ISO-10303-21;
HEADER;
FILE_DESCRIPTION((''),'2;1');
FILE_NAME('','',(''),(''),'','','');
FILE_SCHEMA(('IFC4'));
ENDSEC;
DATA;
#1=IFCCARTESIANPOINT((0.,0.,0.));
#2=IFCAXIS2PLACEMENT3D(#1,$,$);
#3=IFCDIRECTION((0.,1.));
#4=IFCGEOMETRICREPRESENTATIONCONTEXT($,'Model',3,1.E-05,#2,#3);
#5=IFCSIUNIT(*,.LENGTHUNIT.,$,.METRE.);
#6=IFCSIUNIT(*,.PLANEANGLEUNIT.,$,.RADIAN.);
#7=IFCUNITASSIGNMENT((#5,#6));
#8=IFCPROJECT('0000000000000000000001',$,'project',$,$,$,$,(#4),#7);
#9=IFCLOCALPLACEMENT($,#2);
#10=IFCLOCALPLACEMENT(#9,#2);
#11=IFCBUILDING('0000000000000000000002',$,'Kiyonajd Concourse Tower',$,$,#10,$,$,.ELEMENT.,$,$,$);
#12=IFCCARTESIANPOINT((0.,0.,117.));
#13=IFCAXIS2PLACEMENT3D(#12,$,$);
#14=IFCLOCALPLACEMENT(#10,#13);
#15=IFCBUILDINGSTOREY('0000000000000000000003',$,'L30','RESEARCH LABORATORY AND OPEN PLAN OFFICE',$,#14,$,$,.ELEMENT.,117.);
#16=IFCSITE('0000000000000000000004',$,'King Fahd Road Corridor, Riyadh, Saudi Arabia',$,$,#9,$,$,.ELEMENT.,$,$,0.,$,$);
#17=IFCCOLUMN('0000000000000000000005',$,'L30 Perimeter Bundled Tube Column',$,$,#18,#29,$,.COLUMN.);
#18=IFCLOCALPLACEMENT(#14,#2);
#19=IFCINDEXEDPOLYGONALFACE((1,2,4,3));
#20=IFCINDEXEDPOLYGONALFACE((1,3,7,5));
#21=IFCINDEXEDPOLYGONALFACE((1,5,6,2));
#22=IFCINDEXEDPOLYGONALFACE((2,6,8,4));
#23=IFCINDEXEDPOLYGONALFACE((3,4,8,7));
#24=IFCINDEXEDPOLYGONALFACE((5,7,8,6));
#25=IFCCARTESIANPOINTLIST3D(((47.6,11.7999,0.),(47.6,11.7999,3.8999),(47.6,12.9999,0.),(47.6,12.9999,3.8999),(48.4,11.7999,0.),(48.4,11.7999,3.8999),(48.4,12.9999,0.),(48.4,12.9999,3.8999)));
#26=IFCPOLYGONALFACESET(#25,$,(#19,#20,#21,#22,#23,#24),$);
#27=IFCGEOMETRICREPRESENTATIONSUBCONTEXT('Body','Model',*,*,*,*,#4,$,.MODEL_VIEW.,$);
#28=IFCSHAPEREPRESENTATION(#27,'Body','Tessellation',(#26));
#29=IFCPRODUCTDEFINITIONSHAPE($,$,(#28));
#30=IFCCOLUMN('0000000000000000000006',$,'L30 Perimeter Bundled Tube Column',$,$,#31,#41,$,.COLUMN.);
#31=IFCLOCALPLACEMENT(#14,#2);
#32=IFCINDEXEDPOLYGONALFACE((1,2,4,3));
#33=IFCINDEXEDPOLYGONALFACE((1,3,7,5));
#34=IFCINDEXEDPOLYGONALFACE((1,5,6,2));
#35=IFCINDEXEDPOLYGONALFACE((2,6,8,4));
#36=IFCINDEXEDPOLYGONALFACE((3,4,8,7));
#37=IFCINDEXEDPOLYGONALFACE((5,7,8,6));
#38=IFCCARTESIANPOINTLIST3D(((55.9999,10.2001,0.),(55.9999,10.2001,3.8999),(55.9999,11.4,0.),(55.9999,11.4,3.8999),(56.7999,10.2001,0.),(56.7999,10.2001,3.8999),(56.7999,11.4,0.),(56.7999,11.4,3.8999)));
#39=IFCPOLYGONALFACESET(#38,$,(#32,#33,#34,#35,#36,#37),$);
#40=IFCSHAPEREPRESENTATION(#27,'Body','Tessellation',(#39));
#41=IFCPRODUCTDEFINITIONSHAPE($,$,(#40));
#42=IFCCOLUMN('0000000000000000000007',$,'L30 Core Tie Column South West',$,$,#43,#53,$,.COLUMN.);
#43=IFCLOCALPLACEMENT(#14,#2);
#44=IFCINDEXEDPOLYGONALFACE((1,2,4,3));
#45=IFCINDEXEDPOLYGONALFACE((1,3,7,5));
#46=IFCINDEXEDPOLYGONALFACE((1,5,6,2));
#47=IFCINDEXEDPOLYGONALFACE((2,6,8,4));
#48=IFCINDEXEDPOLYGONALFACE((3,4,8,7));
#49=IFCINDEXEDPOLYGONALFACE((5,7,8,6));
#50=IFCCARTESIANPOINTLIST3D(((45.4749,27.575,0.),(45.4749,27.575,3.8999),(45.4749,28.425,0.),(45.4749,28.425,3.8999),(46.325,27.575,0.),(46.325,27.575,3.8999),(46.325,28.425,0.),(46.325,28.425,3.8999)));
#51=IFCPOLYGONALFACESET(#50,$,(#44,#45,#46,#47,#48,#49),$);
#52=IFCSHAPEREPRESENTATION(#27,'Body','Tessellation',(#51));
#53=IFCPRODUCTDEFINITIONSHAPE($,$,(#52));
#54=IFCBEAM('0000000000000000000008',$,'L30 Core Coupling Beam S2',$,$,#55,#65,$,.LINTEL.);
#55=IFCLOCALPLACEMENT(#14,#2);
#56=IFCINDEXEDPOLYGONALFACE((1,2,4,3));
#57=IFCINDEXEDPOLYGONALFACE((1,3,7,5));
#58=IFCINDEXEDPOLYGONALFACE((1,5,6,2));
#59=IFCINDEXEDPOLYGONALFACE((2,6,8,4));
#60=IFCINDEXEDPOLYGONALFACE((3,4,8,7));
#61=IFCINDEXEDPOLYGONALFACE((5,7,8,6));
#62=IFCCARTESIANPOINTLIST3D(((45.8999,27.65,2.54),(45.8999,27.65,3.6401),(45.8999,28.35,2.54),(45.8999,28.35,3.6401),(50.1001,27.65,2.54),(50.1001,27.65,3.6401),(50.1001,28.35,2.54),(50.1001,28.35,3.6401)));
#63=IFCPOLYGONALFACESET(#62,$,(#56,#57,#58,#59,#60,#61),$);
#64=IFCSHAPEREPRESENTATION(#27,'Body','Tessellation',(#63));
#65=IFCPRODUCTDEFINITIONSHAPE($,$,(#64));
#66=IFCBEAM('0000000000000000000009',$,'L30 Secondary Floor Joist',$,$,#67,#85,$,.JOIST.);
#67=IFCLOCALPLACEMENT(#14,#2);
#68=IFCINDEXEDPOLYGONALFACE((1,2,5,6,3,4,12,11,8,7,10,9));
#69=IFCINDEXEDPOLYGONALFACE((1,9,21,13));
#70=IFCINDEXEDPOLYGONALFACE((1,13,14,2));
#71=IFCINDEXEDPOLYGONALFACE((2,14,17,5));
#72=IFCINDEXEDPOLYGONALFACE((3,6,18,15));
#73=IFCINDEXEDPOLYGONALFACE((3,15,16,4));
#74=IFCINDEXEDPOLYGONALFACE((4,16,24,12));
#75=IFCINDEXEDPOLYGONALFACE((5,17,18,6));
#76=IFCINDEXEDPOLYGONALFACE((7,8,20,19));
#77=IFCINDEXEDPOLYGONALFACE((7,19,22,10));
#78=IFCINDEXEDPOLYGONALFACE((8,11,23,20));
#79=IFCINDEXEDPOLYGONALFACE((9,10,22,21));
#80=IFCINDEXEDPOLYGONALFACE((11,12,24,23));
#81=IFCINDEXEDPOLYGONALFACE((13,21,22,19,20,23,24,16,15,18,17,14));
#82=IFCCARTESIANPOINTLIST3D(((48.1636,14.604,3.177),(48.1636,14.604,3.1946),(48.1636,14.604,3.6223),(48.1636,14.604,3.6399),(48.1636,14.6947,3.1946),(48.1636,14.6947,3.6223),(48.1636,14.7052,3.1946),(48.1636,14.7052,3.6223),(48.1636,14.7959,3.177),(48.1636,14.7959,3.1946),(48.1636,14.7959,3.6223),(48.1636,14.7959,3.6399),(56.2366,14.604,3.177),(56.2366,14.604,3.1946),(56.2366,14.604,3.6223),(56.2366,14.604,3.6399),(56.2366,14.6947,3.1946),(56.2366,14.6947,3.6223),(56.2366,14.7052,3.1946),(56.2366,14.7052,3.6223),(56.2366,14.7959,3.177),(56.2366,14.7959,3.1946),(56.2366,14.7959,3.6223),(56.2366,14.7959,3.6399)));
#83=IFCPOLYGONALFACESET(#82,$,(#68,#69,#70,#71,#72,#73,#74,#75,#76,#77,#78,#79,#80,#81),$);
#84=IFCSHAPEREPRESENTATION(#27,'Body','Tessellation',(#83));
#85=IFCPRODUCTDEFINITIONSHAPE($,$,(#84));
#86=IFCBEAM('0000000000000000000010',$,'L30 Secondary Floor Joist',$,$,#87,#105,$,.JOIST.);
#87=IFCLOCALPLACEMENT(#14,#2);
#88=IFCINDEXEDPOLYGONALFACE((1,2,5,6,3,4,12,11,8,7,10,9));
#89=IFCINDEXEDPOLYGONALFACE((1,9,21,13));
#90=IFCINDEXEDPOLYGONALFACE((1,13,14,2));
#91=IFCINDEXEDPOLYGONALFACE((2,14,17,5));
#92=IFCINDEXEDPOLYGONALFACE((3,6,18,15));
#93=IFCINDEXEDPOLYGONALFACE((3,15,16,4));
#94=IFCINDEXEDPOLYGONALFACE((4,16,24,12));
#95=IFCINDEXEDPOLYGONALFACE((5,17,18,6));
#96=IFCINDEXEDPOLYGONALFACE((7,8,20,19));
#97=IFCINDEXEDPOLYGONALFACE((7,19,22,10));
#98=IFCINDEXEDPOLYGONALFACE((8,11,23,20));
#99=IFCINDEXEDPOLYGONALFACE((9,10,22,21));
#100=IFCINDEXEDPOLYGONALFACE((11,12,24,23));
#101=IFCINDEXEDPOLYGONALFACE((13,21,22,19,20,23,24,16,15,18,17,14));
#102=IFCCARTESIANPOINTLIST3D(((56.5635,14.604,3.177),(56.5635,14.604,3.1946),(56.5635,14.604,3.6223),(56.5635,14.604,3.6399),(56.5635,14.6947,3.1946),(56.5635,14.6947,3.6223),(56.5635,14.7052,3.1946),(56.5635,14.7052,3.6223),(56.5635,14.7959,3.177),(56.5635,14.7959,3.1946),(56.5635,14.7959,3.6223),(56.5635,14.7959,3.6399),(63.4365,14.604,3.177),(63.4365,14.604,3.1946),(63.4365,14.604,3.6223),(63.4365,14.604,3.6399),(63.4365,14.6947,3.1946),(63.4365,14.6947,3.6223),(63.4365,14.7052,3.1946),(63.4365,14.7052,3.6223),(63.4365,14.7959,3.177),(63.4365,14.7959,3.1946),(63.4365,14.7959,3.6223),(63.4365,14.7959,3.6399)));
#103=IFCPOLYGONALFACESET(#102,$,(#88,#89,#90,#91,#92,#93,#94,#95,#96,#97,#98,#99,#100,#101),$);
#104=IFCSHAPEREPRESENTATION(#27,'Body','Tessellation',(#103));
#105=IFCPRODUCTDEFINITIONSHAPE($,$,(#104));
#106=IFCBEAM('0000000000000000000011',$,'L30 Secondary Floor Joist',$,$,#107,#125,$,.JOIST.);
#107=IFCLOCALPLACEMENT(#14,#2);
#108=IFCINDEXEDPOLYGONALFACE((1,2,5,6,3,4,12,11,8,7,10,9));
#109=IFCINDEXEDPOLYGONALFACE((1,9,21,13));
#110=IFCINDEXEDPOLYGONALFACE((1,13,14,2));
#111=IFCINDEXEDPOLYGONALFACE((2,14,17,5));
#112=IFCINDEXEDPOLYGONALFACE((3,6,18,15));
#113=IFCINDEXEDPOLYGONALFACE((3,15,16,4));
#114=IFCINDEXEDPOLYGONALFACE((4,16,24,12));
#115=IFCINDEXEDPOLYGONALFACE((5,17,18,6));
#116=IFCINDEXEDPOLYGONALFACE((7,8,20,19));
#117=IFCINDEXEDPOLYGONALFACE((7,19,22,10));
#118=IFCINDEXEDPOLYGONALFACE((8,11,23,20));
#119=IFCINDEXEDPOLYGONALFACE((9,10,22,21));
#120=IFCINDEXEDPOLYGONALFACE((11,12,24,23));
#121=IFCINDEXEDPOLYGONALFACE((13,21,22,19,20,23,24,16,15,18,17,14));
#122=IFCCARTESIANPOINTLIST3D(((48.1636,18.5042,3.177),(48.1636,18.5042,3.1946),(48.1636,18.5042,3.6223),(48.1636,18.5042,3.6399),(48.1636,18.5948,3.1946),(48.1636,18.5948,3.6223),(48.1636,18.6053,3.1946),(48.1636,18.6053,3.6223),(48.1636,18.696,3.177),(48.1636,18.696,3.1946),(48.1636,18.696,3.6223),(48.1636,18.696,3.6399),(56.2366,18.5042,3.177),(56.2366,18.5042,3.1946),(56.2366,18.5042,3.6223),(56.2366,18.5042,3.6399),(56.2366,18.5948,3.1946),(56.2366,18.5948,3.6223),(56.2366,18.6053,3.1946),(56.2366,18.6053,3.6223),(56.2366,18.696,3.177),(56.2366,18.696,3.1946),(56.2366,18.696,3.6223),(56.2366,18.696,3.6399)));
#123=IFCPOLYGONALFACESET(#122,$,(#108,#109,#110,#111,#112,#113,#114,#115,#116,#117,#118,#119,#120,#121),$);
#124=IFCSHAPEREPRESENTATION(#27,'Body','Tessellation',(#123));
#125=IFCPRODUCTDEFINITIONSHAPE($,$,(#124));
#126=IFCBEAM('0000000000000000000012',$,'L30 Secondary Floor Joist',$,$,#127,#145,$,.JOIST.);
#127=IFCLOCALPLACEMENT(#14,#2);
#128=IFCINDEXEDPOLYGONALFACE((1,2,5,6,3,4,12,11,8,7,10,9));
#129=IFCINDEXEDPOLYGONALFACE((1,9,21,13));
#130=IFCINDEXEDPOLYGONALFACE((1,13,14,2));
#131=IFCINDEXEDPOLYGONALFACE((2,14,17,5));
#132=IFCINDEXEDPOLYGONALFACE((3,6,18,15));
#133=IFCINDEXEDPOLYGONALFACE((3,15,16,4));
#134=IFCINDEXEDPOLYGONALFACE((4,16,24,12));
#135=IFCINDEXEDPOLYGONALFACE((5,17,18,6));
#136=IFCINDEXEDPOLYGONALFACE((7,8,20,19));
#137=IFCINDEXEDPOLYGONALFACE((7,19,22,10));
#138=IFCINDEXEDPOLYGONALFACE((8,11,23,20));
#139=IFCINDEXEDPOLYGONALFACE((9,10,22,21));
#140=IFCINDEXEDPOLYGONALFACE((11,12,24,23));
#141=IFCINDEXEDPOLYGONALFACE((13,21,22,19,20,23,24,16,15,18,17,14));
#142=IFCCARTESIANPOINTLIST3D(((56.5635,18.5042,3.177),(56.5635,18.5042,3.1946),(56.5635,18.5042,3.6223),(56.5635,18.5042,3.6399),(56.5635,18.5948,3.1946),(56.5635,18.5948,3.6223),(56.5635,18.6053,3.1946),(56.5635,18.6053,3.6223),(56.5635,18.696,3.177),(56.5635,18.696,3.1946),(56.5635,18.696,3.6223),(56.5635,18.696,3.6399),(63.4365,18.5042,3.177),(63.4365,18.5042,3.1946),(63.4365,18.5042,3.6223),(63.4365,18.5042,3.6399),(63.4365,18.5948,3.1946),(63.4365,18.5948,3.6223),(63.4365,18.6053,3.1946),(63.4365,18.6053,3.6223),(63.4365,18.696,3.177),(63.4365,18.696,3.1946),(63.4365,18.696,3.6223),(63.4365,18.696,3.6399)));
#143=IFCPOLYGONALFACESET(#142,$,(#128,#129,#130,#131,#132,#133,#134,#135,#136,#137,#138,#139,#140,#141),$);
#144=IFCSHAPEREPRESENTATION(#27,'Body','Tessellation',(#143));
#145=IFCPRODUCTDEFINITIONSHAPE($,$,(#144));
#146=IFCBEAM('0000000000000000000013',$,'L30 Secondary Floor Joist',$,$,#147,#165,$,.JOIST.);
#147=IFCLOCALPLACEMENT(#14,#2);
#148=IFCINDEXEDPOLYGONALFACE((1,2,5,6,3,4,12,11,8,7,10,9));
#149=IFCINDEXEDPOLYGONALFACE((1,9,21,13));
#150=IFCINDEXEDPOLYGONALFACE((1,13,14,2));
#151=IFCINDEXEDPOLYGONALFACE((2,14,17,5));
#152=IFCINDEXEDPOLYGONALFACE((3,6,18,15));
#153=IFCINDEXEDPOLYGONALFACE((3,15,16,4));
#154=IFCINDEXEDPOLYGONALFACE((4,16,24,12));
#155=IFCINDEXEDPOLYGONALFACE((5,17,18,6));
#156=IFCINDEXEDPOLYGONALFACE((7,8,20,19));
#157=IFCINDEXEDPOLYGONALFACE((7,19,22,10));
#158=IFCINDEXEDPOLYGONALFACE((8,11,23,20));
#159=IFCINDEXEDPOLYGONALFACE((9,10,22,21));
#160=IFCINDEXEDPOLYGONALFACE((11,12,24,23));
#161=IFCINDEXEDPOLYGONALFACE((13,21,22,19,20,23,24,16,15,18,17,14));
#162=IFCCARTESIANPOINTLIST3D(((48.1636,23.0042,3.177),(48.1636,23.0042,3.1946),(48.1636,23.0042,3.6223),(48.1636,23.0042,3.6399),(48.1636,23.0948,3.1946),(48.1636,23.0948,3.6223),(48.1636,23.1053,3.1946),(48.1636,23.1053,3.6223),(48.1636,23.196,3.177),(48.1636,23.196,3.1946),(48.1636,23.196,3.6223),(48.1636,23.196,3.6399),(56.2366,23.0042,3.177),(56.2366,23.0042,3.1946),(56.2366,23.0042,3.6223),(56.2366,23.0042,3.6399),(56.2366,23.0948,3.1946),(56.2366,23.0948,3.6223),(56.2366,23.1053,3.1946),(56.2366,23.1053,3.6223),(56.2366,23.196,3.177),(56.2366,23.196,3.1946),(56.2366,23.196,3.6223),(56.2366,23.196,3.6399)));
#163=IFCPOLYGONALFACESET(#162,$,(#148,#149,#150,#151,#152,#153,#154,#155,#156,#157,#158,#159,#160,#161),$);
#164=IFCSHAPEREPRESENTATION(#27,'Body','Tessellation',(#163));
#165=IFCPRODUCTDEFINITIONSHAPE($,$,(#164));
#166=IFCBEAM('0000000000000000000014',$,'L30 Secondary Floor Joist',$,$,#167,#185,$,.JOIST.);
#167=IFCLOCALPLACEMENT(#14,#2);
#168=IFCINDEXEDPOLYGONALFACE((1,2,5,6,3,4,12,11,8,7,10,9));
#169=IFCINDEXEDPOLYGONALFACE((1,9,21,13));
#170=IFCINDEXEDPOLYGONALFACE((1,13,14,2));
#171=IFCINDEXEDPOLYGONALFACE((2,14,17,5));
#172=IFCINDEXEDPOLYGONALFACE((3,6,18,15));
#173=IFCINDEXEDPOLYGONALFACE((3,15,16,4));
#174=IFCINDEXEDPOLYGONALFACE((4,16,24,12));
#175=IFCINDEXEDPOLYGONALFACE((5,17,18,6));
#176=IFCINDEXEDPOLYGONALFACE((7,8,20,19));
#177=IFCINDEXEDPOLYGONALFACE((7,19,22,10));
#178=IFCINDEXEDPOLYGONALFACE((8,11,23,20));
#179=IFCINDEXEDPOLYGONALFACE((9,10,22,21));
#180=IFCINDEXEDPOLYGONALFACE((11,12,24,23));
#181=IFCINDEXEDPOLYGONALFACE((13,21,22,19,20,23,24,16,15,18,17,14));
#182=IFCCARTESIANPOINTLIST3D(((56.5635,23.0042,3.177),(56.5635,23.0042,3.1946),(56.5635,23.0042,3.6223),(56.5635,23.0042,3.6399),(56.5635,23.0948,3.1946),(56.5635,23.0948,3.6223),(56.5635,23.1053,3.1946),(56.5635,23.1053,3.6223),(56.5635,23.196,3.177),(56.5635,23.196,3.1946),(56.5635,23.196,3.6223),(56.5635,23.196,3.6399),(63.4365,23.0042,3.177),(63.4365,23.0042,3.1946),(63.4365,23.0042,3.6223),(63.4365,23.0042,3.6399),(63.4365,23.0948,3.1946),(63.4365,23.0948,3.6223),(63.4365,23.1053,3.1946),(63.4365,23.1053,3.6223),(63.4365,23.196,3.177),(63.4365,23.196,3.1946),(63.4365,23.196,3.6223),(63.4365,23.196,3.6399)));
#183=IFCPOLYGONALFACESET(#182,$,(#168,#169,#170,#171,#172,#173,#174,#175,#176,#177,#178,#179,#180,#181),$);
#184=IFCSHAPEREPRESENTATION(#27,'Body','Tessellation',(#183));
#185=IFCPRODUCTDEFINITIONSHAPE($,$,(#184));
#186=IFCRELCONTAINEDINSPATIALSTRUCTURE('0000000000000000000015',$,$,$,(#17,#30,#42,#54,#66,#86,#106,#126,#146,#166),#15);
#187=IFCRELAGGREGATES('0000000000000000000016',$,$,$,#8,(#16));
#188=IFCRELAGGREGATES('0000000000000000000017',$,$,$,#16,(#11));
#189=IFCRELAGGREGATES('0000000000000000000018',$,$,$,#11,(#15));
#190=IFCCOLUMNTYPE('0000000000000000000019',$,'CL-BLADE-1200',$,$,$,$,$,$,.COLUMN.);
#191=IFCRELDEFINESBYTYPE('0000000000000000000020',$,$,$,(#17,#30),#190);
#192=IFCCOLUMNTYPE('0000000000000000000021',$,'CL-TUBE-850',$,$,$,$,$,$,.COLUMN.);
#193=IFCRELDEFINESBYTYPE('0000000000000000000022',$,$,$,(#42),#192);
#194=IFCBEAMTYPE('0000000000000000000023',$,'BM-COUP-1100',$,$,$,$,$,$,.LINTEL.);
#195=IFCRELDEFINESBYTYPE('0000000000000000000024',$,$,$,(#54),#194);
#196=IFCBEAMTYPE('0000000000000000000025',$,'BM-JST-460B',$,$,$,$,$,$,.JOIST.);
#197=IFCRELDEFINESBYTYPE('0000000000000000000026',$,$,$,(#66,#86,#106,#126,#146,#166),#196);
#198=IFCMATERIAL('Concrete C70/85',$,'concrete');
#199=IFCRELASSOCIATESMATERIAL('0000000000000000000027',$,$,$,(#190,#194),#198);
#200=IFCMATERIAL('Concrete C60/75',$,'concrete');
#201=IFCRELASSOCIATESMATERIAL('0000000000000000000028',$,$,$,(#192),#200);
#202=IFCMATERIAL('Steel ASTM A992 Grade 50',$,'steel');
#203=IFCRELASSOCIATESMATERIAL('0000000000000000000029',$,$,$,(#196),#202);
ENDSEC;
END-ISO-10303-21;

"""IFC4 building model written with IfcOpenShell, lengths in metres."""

from ifc_helpers import new_model, si_unit, direction, frame, origin, origin_2d, place, context, subcontext, project, spatial, rectangle, i_section, extrude, material, material_profile, profile_set, type_object, element, save


model = new_model("IFC4")

# Units and contexts
model_context = context("Model", 3, precision=1e-05, world=origin(), true_north=direction((0.0, 1.0)))
body_context = subcontext(model_context, "Body", "Model", "MODEL_VIEW")
ifc_project = project(units=[si_unit("LENGTHUNIT", "METRE"), si_unit("PLANEANGLEUNIT", "RADIAN")], contexts=[model_context])

# Site, building, storey
site_placement = place(None, origin())
site = spatial("IfcSite", under=ifc_project, at=site_placement, Name="King Fahd Road Corridor, Riyadh, Saudi Arabia", CompositionType="ELEMENT", RefElevation=0.0)
building_placement = place(site_placement, origin())
building = spatial("IfcBuilding", under=site, at=building_placement, Name="Kiyonajd Concourse Tower", CompositionType="ELEMENT")
storey_placement = place(building_placement, frame((0.0, 0.0, 117.0)))
storey = spatial("IfcBuildingStorey", under=building, at=storey_placement, Name="L30", Description="RESEARCH LABORATORY AND OPEN PLAN OFFICE", CompositionType="ELEMENT", Elevation=117.0)

# Columns
ifc_material_1 = material(Name="Concrete C70/85", Category="concrete")
ifc_material_profile_1 = material_profile(ifc_material_1, rectangle(XDim=0.8, YDim=1.2, at=origin_2d()), Name="RC-1200x800")
ifc_profile_set_1 = profile_set([ifc_material_profile_1], Name="Concrete C70/85")
column_type_1 = type_object("IfcColumnType", Name="CL-BLADE-1200", PredefinedType="COLUMN", material=ifc_profile_set_1)
for number, where, z_axis, x_axis, name in (
    (1, (48.0, 12.3999, 0.0), (0.0, 0.0, 1.0), (1.0, 0.0, 0.0), "L30 Perimeter Bundled Tube Column"),
    (2, (56.3999, 10.8, 0.0), (0.0, 0.0, 1.0), (1.0, 0.0, 0.0), "L30 Perimeter Bundled Tube Column"),
):
    element("IfcColumn", number, at=place(storey_placement, frame(where, z_axis=z_axis, x_axis=x_axis)), inside=storey, type_object=column_type_1, Name=name, PredefinedType="COLUMN", context=body_context, shape_type="SweptSolid", body=[
        extrude(rectangle(XDim=0.8, YDim=1.2, at=origin_2d()), origin(), (0.0, 0.0, 1.0), 3.8999),
    ])
ifc_material_2 = material(Name="Concrete C60/75", Category="concrete")
ifc_material_profile_2 = material_profile(ifc_material_2, rectangle(XDim=0.8501, YDim=0.8501, at=origin_2d()), Name="RC-850x850")
ifc_profile_set_2 = profile_set([ifc_material_profile_2], Name="Concrete C60/75")
column_type_2 = type_object("IfcColumnType", Name="CL-TUBE-850", PredefinedType="COLUMN", material=ifc_profile_set_2)
column_placement = place(storey_placement, frame((45.8999, 28.0, 0.0), z_axis=(0.0, 0.0, 1.0), x_axis=(1.0, 0.0, 0.0)))
element("IfcColumn", 3, at=column_placement, inside=storey, type_object=column_type_2, Name="L30 Core Tie Column South West", PredefinedType="COLUMN", context=body_context, shape_type="SweptSolid", body=[
    extrude(rectangle(XDim=0.8501, YDim=0.8501, at=origin_2d()), origin(), (0.0, 0.0, 1.0), 3.8999),
])

# Beams
ifc_material_profile_3 = material_profile(ifc_material_1, rectangle(XDim=0.7, YDim=1.1001, at=origin_2d()), Name="RCBM-700x1100")
ifc_profile_set_3 = profile_set([ifc_material_profile_3], Name="Concrete C70/85")
beam_type_1 = type_object("IfcBeamType", Name="BM-COUP-1100", PredefinedType="LINTEL", material=ifc_profile_set_3)
beam_1_placement = place(storey_placement, frame((45.8999, 28.0, 3.0901), z_axis=(1.0, 0.0, 0.0), x_axis=(0.0, 1.0, 0.0)))
element("IfcBeam", 4, at=beam_1_placement, inside=storey, type_object=beam_type_1, Name="L30 Core Coupling Beam S2", PredefinedType="LINTEL", context=body_context, shape_type="SweptSolid", body=[
    extrude(rectangle(XDim=0.7, YDim=1.1001, at=origin_2d()), origin(), (0.0, 0.0, 1.0), 4.2002),
])
ifc_material_3 = material(Name="Steel ASTM A992 Grade 50", Category="steel")
ifc_material_profile_4 = material_profile(ifc_material_3, i_section(OverallWidth=0.1919, OverallDepth=0.4629, WebThickness=0.0105, FlangeThickness=0.0176, at=origin_2d()), Name="W460X89")
ifc_profile_set_4 = profile_set([ifc_material_profile_4], Name="Steel ASTM A992 Grade 50")
beam_type_2 = type_object("IfcBeamType", Name="BM-JST-460B", PredefinedType="JOIST", material=ifc_profile_set_4)
beam_2_placement = place(storey_placement, frame((48.1636, 14.7, 3.4084), z_axis=(1.0, 0.0, 0.0), x_axis=(0.0, 1.0, 0.0)))
element("IfcBeam", 5, at=beam_2_placement, inside=storey, type_object=beam_type_2, Name="L30 Secondary Floor Joist", PredefinedType="JOIST", context=body_context, shape_type="SweptSolid", body=[
    extrude(i_section(OverallWidth=0.1919, OverallDepth=0.4629, WebThickness=0.0105, FlangeThickness=0.0176, at=origin_2d()), origin(), (0.0, 0.0, 1.0), 8.073),
])
beam_3_placement = place(storey_placement, frame((56.5635, 14.7, 3.4084), z_axis=(1.0, 0.0, 0.0), x_axis=(0.0, 1.0, 0.0)))
element("IfcBeam", 6, at=beam_3_placement, inside=storey, type_object=beam_type_2, Name="L30 Secondary Floor Joist", PredefinedType="JOIST", context=body_context, shape_type="SweptSolid", body=[
    extrude(i_section(OverallWidth=0.1919, OverallDepth=0.4629, WebThickness=0.0105, FlangeThickness=0.0176, at=origin_2d()), origin(), (0.0, 0.0, 1.0), 6.873),
])
beam_4_placement = place(storey_placement, frame((48.1636, 18.6001, 3.4084), z_axis=(1.0, 0.0, 0.0), x_axis=(0.0, 1.0, 0.0)))
element("IfcBeam", 7, at=beam_4_placement, inside=storey, type_object=beam_type_2, Name="L30 Secondary Floor Joist", PredefinedType="JOIST", context=body_context, shape_type="SweptSolid", body=[
    extrude(i_section(OverallWidth=0.1919, OverallDepth=0.4629, WebThickness=0.0105, FlangeThickness=0.0176, at=origin_2d()), origin(), (0.0, 0.0, 1.0), 8.073),
])
beam_5_placement = place(storey_placement, frame((56.5635, 18.6001, 3.4084), z_axis=(1.0, 0.0, 0.0), x_axis=(0.0, 1.0, 0.0)))
element("IfcBeam", 8, at=beam_5_placement, inside=storey, type_object=beam_type_2, Name="L30 Secondary Floor Joist", PredefinedType="JOIST", context=body_context, shape_type="SweptSolid", body=[
    extrude(i_section(OverallWidth=0.1919, OverallDepth=0.4629, WebThickness=0.0105, FlangeThickness=0.0176, at=origin_2d()), origin(), (0.0, 0.0, 1.0), 6.873),
])
beam_6_placement = place(storey_placement, frame((48.1636, 23.1001, 3.4084), z_axis=(1.0, 0.0, 0.0), x_axis=(0.0, 1.0, 0.0)))
element("IfcBeam", 9, at=beam_6_placement, inside=storey, type_object=beam_type_2, Name="L30 Secondary Floor Joist", PredefinedType="JOIST", context=body_context, shape_type="SweptSolid", body=[
    extrude(i_section(OverallWidth=0.1919, OverallDepth=0.4629, WebThickness=0.0105, FlangeThickness=0.0176, at=origin_2d()), origin(), (0.0, 0.0, 1.0), 8.073),
])
beam_7_placement = place(storey_placement, frame((56.5635, 23.1001, 3.4084), z_axis=(1.0, 0.0, 0.0), x_axis=(0.0, 1.0, 0.0)))
element("IfcBeam", 10, at=beam_7_placement, inside=storey, type_object=beam_type_2, Name="L30 Secondary Floor Joist", PredefinedType="JOIST", context=body_context, shape_type="SweptSolid", body=[
    extrude(i_section(OverallWidth=0.1919, OverallDepth=0.4629, WebThickness=0.0105, FlangeThickness=0.0176, at=origin_2d()), origin(), (0.0, 0.0, 1.0), 6.873),
])

save(model, "model.ifc")
